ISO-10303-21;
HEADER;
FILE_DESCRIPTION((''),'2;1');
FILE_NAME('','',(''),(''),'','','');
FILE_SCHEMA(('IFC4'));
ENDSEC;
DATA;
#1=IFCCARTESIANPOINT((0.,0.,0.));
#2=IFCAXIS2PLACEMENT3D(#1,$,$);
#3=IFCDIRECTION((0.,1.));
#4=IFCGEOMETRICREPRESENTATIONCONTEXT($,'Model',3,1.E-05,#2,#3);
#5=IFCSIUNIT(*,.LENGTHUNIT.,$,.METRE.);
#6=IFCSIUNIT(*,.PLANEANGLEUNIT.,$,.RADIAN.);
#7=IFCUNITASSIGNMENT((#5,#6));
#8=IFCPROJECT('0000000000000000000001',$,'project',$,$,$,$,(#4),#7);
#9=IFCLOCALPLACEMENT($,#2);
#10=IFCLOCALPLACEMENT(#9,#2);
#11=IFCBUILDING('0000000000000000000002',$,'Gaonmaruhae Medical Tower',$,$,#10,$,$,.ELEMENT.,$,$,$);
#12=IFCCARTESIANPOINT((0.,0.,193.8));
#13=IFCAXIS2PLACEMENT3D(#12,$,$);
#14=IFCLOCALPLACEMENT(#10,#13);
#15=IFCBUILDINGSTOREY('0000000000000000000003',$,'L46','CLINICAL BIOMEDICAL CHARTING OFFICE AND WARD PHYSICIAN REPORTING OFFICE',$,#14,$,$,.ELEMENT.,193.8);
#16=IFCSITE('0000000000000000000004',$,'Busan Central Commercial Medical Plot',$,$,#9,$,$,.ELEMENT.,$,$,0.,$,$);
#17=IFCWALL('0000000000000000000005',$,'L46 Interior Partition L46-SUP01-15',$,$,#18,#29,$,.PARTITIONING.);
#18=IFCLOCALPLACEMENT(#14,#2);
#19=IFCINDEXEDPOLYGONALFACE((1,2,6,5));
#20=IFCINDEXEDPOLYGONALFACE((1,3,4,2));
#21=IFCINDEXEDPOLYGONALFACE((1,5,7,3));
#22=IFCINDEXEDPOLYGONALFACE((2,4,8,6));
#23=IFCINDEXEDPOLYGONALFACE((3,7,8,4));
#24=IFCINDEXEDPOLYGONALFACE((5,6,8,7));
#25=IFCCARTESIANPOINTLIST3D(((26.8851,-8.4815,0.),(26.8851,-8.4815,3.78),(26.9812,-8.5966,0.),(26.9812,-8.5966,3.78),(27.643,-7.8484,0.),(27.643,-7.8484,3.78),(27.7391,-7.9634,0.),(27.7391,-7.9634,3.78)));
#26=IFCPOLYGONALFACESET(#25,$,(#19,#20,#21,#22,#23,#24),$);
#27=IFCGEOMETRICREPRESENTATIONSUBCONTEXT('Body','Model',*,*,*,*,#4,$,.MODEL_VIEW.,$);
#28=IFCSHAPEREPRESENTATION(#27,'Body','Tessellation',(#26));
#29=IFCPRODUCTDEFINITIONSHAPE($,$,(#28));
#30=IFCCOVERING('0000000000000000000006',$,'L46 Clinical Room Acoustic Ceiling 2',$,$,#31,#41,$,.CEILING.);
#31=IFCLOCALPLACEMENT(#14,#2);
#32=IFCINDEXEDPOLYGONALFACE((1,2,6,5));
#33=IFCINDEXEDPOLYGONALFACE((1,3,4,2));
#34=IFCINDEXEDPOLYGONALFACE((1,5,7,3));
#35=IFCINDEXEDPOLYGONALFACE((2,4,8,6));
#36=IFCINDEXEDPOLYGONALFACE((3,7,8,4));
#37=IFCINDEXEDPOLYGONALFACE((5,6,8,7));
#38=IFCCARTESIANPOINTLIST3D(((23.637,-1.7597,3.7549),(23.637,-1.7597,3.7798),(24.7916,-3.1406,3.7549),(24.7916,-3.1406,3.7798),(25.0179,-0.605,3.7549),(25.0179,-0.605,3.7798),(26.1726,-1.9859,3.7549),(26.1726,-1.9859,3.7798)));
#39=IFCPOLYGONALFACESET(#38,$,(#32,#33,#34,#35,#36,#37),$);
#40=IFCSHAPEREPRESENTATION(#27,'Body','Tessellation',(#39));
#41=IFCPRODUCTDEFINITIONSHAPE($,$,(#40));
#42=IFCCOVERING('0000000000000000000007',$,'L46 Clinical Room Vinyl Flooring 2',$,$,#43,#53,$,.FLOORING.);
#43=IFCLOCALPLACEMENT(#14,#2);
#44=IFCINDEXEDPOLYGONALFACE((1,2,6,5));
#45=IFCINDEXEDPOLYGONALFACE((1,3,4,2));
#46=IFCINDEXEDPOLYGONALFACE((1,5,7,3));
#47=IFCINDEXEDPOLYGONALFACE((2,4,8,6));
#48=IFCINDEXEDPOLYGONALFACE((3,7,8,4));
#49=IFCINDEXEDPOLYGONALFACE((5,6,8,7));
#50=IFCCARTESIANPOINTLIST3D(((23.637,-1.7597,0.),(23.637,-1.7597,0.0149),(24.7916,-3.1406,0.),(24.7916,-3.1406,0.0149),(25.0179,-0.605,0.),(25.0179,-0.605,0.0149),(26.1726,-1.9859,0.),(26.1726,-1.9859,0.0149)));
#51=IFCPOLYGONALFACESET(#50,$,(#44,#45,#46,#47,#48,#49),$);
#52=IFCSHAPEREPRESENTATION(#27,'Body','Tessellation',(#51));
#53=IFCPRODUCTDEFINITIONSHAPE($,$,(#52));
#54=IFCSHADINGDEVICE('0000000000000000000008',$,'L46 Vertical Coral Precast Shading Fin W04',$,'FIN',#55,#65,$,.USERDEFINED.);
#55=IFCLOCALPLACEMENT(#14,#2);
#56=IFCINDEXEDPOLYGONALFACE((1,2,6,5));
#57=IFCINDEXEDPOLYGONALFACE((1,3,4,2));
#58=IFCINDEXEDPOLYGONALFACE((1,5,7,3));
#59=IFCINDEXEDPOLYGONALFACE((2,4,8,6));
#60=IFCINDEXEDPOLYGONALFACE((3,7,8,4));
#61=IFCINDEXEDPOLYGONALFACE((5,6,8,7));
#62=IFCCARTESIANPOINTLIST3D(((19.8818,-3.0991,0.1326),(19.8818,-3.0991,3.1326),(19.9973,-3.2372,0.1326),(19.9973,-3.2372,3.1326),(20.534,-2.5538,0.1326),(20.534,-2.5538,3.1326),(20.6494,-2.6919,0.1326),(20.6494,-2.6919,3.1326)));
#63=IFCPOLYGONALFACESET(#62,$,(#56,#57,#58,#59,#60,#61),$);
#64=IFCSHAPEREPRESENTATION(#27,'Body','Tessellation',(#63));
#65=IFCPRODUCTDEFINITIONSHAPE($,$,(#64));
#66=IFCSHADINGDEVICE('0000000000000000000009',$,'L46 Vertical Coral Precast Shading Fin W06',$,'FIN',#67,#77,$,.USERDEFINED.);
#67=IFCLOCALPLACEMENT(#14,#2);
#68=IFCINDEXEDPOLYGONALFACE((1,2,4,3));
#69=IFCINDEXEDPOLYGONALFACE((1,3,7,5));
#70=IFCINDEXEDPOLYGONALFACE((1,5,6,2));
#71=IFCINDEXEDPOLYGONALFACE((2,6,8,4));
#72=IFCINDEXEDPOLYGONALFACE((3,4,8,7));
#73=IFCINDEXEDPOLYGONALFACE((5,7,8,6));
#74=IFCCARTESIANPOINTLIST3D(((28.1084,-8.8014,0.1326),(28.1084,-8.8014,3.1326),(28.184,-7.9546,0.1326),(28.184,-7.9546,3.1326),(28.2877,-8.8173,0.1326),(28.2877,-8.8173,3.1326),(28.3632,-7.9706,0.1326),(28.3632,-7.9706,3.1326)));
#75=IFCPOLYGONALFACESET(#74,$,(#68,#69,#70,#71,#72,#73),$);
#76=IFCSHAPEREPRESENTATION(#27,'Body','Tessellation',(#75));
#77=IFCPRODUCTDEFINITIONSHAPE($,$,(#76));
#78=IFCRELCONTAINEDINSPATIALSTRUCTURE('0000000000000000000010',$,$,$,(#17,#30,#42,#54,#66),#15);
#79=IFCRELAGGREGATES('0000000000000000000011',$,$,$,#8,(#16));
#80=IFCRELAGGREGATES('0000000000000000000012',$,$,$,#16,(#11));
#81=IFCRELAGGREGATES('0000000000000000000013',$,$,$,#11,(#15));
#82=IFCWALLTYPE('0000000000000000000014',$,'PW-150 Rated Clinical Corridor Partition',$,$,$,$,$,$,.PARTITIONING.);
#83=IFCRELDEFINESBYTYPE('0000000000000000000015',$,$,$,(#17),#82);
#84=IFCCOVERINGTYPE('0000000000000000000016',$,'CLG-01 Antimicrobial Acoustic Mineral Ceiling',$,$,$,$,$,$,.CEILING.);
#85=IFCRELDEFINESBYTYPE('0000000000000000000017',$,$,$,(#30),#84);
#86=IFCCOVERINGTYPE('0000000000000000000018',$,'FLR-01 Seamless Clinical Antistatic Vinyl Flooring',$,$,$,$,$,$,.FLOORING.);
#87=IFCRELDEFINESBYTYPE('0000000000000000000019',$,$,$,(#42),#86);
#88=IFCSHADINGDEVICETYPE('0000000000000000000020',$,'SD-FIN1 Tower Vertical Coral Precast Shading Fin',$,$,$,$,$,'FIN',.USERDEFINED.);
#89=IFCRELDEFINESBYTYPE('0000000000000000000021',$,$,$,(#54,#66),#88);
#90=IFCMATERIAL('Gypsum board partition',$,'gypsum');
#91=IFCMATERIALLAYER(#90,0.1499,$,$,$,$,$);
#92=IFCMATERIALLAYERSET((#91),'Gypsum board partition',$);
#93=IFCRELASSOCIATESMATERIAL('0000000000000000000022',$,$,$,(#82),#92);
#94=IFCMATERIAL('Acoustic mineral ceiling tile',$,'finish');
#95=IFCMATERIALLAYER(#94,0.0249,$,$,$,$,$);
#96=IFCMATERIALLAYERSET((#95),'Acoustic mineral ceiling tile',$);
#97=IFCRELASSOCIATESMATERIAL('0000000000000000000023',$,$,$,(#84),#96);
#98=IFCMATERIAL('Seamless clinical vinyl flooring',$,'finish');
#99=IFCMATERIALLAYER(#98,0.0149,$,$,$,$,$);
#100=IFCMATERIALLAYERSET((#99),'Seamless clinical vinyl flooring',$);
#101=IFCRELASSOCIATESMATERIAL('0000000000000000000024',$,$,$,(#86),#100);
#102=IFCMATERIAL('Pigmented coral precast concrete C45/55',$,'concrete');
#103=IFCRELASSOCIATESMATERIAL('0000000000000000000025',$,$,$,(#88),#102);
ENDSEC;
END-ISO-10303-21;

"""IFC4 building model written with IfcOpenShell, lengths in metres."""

from ifc_helpers import new_model, si_unit, direction, frame, frame_2d, origin, origin_2d, place, context, subcontext, project, spatial, rectangle, extrude, material, layer, layer_set, type_object, element, save


model = new_model("IFC4")

# Units and contexts
model_context = context("Model", 3, precision=1e-05, world=origin(), true_north=direction((0.0, 1.0)))
body_context = subcontext(model_context, "Body", "Model", "MODEL_VIEW")
ifc_project = project(units=[si_unit("LENGTHUNIT", "METRE"), si_unit("PLANEANGLEUNIT", "RADIAN")], contexts=[model_context])

# Site, building, storey
site_placement = place(None, origin())
site = spatial("IfcSite", under=ifc_project, at=site_placement, Name="Busan Central Commercial Medical Plot", CompositionType="ELEMENT", RefElevation=0.0)
building_placement = place(site_placement, origin())
building = spatial("IfcBuilding", under=site, at=building_placement, Name="Gaonmaruhae Medical Tower", CompositionType="ELEMENT")
storey_placement = place(building_placement, frame((0.0, 0.0, 193.8)))
storey = spatial("IfcBuildingStorey", under=building, at=storey_placement, Name="L46", Description="CLINICAL BIOMEDICAL CHARTING OFFICE AND WARD PHYSICIAN REPORTING OFFICE", CompositionType="ELEMENT", Elevation=193.8)

# Wall
ifc_material_1 = material(Name="Gypsum board partition", Category="gypsum")
ifc_layer_1 = layer(ifc_material_1, 0.1499)
ifc_layer_set_1 = layer_set([ifc_layer_1], Name="Gypsum board partition")
wall_type_1 = type_object("IfcWallType", Name="PW-150 Rated Clinical Corridor Partition", PredefinedType="PARTITIONING", material=ifc_layer_set_1)
wall_1_placement = place(storey_placement, frame((27.6909, -7.906, 0.0), z_axis=(0.0, 0.0, 1.0), x_axis=(-0.767451, -0.641108, 0.0)))
element("IfcWall", 1, at=wall_1_placement, inside=storey, type_object=wall_type_1, Name="L46 Interior Partition L46-SUP01-15", PredefinedType="PARTITIONING", context=body_context, shape_type="SweptSolid", body=[
    extrude(rectangle(XDim=0.9875, YDim=0.1499, at=frame_2d((0.4937, 0.0))), origin(), (0.0, 0.0, 1.0), 3.78),
])

# Coverings
ifc_material_2 = material(Name="Acoustic mineral ceiling tile", Category="finish")
ifc_layer_2 = layer(ifc_material_2, 0.0249)
ifc_layer_set_2 = layer_set([ifc_layer_2], Name="Acoustic mineral ceiling tile")
covering_type_1 = type_object("IfcCoveringType", Name="CLG-01 Antimicrobial Acoustic Mineral Ceiling", PredefinedType="CEILING", material=ifc_layer_set_2)
covering_1_placement = place(storey_placement, frame((24.9048, -1.8728, 3.7549), z_axis=(0.0, 0.0, 1.0), x_axis=(0.767165, 0.64145, 0.0)))
element("IfcCovering", 2, at=covering_1_placement, inside=storey, type_object=covering_type_1, Name="L46 Clinical Room Acoustic Ceiling 2", PredefinedType="CEILING", context=body_context, shape_type="SweptSolid", body=[
    extrude(rectangle(XDim=1.8, YDim=1.8, at=origin_2d()), origin(), (0.0, 0.0, 1.0), 0.0249),
])
ifc_material_3 = material(Name="Seamless clinical vinyl flooring", Category="finish")
ifc_layer_3 = layer(ifc_material_3, 0.0149)
ifc_layer_set_3 = layer_set([ifc_layer_3], Name="Seamless clinical vinyl flooring")
covering_type_2 = type_object("IfcCoveringType", Name="FLR-01 Seamless Clinical Antistatic Vinyl Flooring", PredefinedType="FLOORING", material=ifc_layer_set_3)
covering_2_placement = place(storey_placement, frame((24.9048, -1.8728, 0.0), z_axis=(0.0, 0.0, 1.0), x_axis=(0.767165, 0.64145, 0.0)))
element("IfcCovering", 3, at=covering_2_placement, inside=storey, type_object=covering_type_2, Name="L46 Clinical Room Vinyl Flooring 2", PredefinedType="FLOORING", context=body_context, shape_type="SweptSolid", body=[
    extrude(rectangle(XDim=1.8, YDim=1.8, at=origin_2d()), origin(), (0.0, 0.0, 1.0), 0.0149),
])

# Shading devices
ifc_material_4 = material(Name="Pigmented coral precast concrete C45/55", Category="concrete")
shading_device_type = type_object("IfcShadingDeviceType", Name="SD-FIN1 Tower Vertical Coral Precast Shading Fin", ElementType="FIN", PredefinedType="USERDEFINED", material=ifc_material_4)
for number, where, z_axis, x_axis, name in (
    (4, (20.2656, -2.8955, 0.1326), (0.0, 0.0, 1.0), (-0.64145, 0.767165, 0.0), "L46 Vertical Coral Precast Shading Fin W04"),
    (5, (28.2358, -8.386, 0.1326), (0.0, 0.0, 1.0), (-0.996041, 0.088894, 0.0), "L46 Vertical Coral Precast Shading Fin W06"),
):
    element("IfcShadingDevice", number, at=place(storey_placement, frame(where, z_axis=z_axis, x_axis=x_axis)), inside=storey, type_object=shading_device_type, Name=name, ObjectType="FIN", PredefinedType="USERDEFINED", context=body_context, shape_type="SweptSolid", body=[
        extrude(rectangle(XDim=0.1799, YDim=0.8501, at=origin_2d()), origin(), (0.0, 0.0, 1.0), 3.0),
    ])

save(model, "model.ifc")
